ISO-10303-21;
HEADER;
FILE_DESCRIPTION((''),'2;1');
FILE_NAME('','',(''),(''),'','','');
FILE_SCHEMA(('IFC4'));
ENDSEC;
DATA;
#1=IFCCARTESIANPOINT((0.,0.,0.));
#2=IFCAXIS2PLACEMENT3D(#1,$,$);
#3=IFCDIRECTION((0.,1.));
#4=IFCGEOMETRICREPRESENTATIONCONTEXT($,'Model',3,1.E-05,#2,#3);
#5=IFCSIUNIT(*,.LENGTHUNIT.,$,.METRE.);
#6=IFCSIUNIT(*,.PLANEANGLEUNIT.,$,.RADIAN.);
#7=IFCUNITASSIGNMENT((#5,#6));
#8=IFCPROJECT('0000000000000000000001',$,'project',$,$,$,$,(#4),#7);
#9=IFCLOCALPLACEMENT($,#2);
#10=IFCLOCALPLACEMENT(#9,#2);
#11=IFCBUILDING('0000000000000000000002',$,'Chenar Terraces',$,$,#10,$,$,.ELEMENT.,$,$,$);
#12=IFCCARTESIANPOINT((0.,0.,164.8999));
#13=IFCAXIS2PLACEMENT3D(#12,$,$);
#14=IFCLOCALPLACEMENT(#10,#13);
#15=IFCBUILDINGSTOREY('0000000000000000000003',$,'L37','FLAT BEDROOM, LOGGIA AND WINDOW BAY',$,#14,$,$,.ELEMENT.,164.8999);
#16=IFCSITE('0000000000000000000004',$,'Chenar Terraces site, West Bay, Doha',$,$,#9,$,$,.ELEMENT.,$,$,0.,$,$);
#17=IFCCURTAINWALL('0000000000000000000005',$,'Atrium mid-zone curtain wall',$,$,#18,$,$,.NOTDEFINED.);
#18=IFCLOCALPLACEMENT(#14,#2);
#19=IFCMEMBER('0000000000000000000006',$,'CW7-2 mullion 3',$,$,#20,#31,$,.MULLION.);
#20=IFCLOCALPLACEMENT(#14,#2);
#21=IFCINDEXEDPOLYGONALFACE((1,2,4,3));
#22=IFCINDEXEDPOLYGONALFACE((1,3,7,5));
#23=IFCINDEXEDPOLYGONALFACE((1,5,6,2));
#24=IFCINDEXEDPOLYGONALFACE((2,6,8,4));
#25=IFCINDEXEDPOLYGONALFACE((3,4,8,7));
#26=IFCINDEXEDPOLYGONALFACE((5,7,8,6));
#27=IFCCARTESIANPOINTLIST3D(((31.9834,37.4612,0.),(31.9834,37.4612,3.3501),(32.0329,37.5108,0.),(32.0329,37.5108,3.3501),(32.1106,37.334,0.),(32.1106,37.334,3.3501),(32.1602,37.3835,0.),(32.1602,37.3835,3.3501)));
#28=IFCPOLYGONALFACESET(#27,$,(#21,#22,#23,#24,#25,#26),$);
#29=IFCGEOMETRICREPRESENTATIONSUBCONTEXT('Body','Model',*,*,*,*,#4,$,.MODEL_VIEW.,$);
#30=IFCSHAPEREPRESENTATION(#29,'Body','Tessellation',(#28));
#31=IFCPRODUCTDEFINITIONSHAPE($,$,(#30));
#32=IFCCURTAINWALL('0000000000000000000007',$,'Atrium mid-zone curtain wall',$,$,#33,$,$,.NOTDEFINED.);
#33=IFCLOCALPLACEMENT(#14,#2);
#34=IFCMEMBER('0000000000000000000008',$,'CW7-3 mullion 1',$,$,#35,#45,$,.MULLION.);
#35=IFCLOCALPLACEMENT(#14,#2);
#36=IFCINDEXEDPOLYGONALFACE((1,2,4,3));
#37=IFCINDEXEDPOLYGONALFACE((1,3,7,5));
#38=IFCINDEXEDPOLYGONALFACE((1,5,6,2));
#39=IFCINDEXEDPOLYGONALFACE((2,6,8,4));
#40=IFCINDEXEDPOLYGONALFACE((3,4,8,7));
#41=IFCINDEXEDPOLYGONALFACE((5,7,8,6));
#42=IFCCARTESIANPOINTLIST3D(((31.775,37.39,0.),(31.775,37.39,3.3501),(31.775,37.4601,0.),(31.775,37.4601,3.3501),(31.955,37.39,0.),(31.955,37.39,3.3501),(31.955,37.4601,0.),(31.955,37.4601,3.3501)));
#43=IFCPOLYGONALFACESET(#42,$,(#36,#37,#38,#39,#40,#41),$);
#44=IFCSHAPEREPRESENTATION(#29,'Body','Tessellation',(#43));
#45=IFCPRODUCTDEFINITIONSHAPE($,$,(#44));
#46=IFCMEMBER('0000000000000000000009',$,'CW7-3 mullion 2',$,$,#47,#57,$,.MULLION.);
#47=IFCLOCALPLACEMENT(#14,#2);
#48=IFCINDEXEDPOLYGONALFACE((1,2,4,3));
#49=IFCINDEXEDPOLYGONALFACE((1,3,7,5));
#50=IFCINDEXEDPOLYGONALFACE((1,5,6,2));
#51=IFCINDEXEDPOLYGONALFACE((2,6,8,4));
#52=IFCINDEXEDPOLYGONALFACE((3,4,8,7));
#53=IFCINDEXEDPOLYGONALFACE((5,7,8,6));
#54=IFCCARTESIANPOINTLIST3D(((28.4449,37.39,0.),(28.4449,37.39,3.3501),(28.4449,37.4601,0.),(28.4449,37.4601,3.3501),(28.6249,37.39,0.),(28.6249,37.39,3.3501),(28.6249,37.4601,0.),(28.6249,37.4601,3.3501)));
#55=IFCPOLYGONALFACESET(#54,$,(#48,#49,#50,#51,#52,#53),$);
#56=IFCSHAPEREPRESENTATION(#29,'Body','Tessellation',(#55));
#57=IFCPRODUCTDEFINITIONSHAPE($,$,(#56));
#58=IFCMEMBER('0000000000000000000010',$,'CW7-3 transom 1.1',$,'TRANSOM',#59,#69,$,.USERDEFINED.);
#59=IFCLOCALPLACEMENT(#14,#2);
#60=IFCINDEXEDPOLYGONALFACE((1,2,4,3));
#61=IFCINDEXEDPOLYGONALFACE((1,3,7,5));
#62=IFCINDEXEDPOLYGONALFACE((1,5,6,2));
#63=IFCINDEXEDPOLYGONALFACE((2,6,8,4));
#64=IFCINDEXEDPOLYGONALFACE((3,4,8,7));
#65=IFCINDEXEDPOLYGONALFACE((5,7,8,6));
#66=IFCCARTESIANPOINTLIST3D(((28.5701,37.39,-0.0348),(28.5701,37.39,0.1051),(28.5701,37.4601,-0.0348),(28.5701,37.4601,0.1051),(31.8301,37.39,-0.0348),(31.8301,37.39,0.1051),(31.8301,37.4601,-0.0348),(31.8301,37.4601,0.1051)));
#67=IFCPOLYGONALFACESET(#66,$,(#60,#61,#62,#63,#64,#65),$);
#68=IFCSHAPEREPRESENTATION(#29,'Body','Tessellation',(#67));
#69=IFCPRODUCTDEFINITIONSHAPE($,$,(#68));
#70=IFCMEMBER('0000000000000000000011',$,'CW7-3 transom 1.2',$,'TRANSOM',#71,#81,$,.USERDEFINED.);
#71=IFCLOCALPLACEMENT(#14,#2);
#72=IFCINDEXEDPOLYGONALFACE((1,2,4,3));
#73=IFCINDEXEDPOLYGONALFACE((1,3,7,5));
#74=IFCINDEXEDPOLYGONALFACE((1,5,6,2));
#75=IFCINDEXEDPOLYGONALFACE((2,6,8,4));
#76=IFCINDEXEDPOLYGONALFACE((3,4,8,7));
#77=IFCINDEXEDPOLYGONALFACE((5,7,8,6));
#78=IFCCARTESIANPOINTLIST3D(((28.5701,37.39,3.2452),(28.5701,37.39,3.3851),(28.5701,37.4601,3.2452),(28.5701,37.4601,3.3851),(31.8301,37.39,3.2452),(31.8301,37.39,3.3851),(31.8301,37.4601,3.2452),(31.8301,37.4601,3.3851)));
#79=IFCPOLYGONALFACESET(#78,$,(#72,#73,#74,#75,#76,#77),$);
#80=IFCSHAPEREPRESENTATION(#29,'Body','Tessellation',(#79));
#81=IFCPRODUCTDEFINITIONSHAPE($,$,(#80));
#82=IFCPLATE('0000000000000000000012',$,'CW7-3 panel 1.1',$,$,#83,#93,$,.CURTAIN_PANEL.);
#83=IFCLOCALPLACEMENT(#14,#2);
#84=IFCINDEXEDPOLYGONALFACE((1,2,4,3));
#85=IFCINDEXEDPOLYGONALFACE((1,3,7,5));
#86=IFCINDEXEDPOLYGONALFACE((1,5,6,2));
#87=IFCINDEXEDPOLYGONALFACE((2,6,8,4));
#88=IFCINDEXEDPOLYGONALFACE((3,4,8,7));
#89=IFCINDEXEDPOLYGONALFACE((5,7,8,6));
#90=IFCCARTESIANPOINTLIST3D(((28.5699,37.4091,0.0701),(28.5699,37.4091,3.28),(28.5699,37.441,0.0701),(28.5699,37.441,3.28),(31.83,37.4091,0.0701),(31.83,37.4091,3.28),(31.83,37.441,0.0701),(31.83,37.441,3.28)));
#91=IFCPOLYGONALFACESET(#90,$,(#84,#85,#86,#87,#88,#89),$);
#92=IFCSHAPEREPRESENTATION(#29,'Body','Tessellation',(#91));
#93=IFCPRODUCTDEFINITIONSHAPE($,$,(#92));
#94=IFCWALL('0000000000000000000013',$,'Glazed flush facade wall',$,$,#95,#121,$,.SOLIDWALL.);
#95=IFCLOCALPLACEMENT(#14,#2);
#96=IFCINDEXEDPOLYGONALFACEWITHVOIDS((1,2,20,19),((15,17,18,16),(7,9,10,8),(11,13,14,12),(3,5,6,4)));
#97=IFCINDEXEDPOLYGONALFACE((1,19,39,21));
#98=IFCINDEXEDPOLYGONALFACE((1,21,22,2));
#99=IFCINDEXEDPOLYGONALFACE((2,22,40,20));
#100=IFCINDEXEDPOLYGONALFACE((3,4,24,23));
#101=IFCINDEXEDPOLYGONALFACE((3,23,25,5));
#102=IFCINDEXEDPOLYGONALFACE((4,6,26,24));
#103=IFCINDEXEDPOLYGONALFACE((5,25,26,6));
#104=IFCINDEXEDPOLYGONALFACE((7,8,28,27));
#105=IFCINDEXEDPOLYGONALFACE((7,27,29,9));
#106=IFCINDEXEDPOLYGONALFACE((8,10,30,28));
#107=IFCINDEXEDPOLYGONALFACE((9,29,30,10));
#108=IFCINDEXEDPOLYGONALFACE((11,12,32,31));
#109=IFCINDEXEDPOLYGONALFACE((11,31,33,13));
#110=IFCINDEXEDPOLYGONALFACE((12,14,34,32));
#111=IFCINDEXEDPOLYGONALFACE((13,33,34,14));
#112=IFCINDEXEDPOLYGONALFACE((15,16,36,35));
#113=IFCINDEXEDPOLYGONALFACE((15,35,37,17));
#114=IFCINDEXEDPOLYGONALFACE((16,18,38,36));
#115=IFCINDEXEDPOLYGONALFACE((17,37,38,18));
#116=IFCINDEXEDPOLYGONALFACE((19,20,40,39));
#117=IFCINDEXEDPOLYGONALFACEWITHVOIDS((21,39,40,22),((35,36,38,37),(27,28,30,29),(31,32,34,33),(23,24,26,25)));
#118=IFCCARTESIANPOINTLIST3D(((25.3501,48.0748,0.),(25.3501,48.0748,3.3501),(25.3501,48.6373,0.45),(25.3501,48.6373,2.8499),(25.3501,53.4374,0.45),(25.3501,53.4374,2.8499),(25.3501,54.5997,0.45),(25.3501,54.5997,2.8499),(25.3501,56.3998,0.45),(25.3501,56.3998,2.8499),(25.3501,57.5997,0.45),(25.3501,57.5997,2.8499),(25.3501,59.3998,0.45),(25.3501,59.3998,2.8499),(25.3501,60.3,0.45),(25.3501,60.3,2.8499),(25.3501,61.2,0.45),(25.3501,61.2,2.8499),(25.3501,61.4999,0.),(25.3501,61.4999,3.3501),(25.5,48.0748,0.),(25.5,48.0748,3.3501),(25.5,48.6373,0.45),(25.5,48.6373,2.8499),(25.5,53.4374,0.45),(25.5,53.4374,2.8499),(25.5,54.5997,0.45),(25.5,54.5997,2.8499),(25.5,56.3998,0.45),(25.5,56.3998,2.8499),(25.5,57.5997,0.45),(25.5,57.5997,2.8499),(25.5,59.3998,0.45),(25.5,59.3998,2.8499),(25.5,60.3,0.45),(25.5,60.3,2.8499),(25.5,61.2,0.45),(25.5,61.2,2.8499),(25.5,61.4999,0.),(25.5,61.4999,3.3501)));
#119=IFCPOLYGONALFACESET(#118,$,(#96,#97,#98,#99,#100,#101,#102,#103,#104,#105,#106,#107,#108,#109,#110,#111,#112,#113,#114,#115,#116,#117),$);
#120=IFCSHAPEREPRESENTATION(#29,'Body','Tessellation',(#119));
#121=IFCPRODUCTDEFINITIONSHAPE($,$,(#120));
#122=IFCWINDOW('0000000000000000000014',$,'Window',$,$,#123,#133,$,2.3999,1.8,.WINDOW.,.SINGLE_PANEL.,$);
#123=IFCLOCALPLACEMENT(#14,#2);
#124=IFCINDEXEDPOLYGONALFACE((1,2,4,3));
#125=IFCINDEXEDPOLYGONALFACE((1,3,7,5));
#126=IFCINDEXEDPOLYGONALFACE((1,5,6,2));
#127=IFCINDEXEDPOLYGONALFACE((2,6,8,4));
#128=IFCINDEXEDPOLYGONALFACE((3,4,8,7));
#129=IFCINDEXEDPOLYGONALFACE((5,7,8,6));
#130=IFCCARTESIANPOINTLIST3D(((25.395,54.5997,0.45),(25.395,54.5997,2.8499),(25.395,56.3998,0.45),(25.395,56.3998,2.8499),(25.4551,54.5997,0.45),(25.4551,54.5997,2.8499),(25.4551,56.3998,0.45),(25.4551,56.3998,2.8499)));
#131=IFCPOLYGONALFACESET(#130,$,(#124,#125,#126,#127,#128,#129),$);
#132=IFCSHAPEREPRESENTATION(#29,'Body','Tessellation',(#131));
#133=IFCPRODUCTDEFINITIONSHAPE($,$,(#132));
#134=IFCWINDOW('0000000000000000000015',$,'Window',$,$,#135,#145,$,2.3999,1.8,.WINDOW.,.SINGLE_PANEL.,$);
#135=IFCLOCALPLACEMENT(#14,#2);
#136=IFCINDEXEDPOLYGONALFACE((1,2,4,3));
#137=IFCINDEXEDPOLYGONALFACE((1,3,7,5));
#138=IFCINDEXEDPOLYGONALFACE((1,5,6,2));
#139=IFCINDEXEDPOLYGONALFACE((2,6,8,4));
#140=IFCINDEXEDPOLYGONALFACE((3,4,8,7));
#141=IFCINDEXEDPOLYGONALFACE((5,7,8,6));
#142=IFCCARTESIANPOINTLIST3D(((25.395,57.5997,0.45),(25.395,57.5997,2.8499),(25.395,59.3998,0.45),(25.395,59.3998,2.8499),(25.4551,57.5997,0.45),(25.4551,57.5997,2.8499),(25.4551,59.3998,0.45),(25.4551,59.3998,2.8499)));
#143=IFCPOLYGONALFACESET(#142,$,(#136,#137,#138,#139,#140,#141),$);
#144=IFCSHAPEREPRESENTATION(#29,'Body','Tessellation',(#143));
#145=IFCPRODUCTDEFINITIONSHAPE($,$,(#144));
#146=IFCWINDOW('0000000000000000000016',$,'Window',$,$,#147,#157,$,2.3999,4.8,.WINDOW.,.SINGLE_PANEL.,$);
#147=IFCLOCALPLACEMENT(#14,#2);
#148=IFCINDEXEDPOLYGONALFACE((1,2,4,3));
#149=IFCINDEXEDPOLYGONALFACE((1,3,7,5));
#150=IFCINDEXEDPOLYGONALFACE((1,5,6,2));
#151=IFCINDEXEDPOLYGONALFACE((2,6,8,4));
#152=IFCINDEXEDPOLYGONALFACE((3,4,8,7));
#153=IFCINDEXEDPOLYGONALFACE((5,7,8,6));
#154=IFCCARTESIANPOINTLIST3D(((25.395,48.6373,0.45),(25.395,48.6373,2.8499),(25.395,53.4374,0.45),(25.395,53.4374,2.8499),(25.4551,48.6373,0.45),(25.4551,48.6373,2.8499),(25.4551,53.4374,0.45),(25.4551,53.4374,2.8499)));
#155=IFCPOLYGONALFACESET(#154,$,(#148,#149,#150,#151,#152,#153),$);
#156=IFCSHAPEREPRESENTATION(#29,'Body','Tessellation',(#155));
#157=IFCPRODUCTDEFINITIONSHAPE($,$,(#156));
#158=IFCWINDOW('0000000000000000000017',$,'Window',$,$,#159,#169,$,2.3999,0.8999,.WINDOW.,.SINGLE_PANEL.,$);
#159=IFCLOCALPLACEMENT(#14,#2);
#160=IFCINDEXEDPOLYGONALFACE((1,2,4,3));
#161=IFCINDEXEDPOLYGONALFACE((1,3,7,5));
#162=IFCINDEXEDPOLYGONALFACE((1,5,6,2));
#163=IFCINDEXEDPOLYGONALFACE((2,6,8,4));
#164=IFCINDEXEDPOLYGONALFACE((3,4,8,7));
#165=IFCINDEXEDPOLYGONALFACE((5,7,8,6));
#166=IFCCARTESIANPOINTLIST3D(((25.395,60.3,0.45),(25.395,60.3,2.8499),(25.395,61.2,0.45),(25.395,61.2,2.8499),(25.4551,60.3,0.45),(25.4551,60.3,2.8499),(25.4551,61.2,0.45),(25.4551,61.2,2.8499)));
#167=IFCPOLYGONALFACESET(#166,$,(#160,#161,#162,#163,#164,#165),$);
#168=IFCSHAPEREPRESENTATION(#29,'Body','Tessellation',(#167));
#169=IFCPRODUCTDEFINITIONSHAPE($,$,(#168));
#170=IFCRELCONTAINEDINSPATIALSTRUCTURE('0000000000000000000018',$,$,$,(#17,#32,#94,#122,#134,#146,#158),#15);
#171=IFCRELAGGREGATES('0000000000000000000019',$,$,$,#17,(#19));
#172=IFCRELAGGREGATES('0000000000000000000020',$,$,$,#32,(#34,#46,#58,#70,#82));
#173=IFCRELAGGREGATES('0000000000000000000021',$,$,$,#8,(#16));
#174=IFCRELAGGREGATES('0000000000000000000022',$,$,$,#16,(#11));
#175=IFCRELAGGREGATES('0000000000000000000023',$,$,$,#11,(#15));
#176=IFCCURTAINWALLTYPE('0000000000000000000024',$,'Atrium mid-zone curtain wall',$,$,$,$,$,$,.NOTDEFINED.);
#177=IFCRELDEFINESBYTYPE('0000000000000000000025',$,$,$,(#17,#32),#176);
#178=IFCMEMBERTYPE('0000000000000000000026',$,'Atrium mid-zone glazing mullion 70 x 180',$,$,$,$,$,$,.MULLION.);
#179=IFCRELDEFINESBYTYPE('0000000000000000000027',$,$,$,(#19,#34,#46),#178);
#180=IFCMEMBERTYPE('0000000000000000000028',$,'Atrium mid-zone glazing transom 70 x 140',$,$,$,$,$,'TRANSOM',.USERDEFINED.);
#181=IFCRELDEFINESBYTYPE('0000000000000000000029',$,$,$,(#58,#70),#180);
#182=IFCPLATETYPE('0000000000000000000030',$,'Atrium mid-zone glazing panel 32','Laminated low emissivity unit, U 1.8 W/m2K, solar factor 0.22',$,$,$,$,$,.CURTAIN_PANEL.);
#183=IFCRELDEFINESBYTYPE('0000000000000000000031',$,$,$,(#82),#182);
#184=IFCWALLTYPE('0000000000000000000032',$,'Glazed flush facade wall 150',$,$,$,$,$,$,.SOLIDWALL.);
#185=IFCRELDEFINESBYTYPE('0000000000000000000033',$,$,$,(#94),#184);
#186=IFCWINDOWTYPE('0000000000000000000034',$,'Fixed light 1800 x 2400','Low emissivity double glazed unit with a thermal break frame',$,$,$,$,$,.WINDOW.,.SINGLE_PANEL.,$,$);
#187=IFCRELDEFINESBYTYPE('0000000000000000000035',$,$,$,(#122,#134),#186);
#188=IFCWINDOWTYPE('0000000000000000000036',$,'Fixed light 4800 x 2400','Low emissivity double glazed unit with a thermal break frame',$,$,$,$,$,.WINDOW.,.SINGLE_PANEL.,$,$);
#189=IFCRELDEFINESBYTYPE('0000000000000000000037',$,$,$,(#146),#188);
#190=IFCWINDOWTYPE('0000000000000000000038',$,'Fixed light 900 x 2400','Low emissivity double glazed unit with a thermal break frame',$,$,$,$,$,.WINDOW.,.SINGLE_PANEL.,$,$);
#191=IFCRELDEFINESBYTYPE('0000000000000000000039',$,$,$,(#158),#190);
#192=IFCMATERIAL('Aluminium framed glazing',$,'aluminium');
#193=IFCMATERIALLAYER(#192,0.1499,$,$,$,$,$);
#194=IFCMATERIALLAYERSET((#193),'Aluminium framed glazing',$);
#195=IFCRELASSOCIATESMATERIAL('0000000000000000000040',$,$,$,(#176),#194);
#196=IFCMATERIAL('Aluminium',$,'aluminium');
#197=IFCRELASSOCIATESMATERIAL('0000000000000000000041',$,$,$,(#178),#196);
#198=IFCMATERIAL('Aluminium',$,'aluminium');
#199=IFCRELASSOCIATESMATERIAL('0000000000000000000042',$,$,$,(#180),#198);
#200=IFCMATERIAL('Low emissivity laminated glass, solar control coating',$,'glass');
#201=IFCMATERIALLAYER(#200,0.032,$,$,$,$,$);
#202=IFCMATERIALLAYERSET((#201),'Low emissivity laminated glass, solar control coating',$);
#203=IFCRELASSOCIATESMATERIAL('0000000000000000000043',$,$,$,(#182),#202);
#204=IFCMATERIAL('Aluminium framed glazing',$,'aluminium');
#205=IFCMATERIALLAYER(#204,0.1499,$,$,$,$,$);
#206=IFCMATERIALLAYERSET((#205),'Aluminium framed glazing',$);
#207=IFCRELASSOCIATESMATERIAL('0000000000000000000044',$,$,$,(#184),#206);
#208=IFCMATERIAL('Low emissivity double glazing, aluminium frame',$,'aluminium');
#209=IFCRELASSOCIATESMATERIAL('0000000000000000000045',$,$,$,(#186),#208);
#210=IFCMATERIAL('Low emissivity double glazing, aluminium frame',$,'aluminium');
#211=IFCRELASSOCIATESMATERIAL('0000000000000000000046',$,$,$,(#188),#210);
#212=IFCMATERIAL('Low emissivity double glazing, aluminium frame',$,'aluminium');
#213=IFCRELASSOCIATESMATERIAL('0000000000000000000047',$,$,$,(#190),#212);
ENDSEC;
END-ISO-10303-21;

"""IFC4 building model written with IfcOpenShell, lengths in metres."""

from ifc_helpers import new_model, si_unit, direction, frame, frame_2d, origin, origin_2d, place, context, subcontext, project, spatial, rectangle, extrude, material, layer, layer_set, material_profile, profile_set, type_object, element, fill, aggregate, save


model = new_model("IFC4")

# Units and contexts
model_context = context("Model", 3, precision=1e-05, world=origin(), true_north=direction((0.0, 1.0)))
body_context = subcontext(model_context, "Body", "Model", "MODEL_VIEW")
ifc_project = project(units=[si_unit("LENGTHUNIT", "METRE"), si_unit("PLANEANGLEUNIT", "RADIAN")], contexts=[model_context])

# Site, building, storey
site_placement = place(None, origin())
site = spatial("IfcSite", under=ifc_project, at=site_placement, Name="Chenar Terraces site, West Bay, Doha", CompositionType="ELEMENT", RefElevation=0.0)
building_placement = place(site_placement, origin())
building = spatial("IfcBuilding", under=site, at=building_placement, Name="Chenar Terraces", CompositionType="ELEMENT")
storey_placement = place(building_placement, frame((0.0, 0.0, 164.8999)))
storey = spatial("IfcBuildingStorey", under=building, at=storey_placement, Name="L37", Description="FLAT BEDROOM, LOGGIA AND WINDOW BAY", CompositionType="ELEMENT", Elevation=164.8999)

# Curtain wall, member
ifc_material_1 = material(Name="Aluminium framed glazing", Category="aluminium")
ifc_layer_1 = layer(ifc_material_1, 0.1499)
ifc_layer_set_1 = layer_set([ifc_layer_1], Name="Aluminium framed glazing")
curtain_wall_type = type_object("IfcCurtainWallType", Name="Atrium mid-zone curtain wall", PredefinedType="NOTDEFINED", material=ifc_layer_set_1)
placement = place(storey_placement, origin())
curtain_wall_1 = element("IfcCurtainWall", 1, at=placement, inside=storey, type_object=curtain_wall_type, Name="Atrium mid-zone curtain wall", PredefinedType="NOTDEFINED")
ifc_material_2 = material(Name="Aluminium", Category="aluminium")
ifc_material_profile_1 = material_profile(ifc_material_2, rectangle(XDim=0.0701, YDim=0.1799, at=origin_2d()), Name="Atrium mid-zone glazing mullion 70 x 180")
ifc_profile_set_1 = profile_set([ifc_material_profile_1], Name="Aluminium")
member_type_1 = type_object("IfcMemberType", Name="Atrium mid-zone glazing mullion 70 x 180", PredefinedType="MULLION", material=ifc_profile_set_1)
member_1_placement = place(storey_placement, frame((32.0718, 37.4224, 0.0), z_axis=(0.0, 0.0, 1.0), x_axis=(-0.707107, -0.707107, 0.0)))
member_1 = element("IfcMember", 2, at=member_1_placement, type_object=member_type_1, Name="CW7-2 mullion 3", PredefinedType="MULLION", context=body_context, shape_type="SweptSolid", body=[
    extrude(rectangle(XDim=0.0701, YDim=0.1799, at=origin_2d()), origin(), (0.0, 0.0, 1.0), 3.3501),
])
aggregate(curtain_wall_1, [member_1])

# Curtain wall, members, plate
curtain_wall_2 = element("IfcCurtainWall", 3, at=placement, inside=storey, type_object=curtain_wall_type, Name="Atrium mid-zone curtain wall", PredefinedType="NOTDEFINED")
member_2_placement = place(storey_placement, frame((31.865, 37.425, 0.0), z_axis=(0.0, 0.0, 1.0), x_axis=(0.0, -1.0, 0.0)))
member_2 = element("IfcMember", 4, at=member_2_placement, type_object=member_type_1, Name="CW7-3 mullion 1", PredefinedType="MULLION", context=body_context, shape_type="SweptSolid", body=[
    extrude(rectangle(XDim=0.0701, YDim=0.1799, at=origin_2d()), origin(), (0.0, 0.0, 1.0), 3.3501),
])
member_3_placement = place(storey_placement, frame((28.5349, 37.425, 0.0), z_axis=(0.0, 0.0, 1.0), x_axis=(0.0, -1.0, 0.0)))
member_3 = element("IfcMember", 5, at=member_3_placement, type_object=member_type_1, Name="CW7-3 mullion 2", PredefinedType="MULLION", context=body_context, shape_type="SweptSolid", body=[
    extrude(rectangle(XDim=0.0701, YDim=0.1799, at=origin_2d()), origin(), (0.0, 0.0, 1.0), 3.3501),
])
ifc_material_3 = material(Name="Aluminium", Category="aluminium")
ifc_material_profile_2 = material_profile(ifc_material_3, rectangle(XDim=0.0701, YDim=0.1399, at=origin_2d()), Name="Atrium mid-zone glazing transom 70 x 140")
ifc_profile_set_2 = profile_set([ifc_material_profile_2], Name="Aluminium")
member_type_2 = type_object("IfcMemberType", Name="Atrium mid-zone glazing transom 70 x 140", ElementType="TRANSOM", PredefinedType="USERDEFINED", material=ifc_profile_set_2)
member_4_placement = place(storey_placement, frame((31.8301, 37.425, 0.0352), z_axis=(-1.0, 0.0, 0.0), x_axis=(0.0, -1.0, 0.0)))
member_4 = element("IfcMember", 6, at=member_4_placement, type_object=member_type_2, Name="CW7-3 transom 1.1", ObjectType="TRANSOM", PredefinedType="USERDEFINED", context=body_context, shape_type="SweptSolid", body=[
    extrude(rectangle(XDim=0.0701, YDim=0.1399, at=origin_2d()), origin(), (0.0, 0.0, 1.0), 3.26),
])
member_5_placement = place(storey_placement, frame((31.8301, 37.425, 3.3152), z_axis=(-1.0, 0.0, 0.0), x_axis=(0.0, -1.0, 0.0)))
member_5 = element("IfcMember", 7, at=member_5_placement, type_object=member_type_2, Name="CW7-3 transom 1.2", ObjectType="TRANSOM", PredefinedType="USERDEFINED", context=body_context, shape_type="SweptSolid", body=[
    extrude(rectangle(XDim=0.0701, YDim=0.1399, at=origin_2d()), origin(), (0.0, 0.0, 1.0), 3.26),
])
ifc_material_4 = material(Name="Low emissivity laminated glass, solar control coating", Category="glass")
ifc_layer_2 = layer(ifc_material_4, 0.032)
ifc_layer_set_2 = layer_set([ifc_layer_2], Name="Low emissivity laminated glass, solar control coating")
plate_type = type_object("IfcPlateType", Name="Atrium mid-zone glazing panel 32", Description="Laminated low emissivity unit, U 1.8 W/m2K, solar factor 0.22", PredefinedType="CURTAIN_PANEL", material=ifc_layer_set_2)
plate_placement = place(storey_placement, frame((30.2, 37.425, 0.0701), z_axis=(0.0, 0.0, 1.0), x_axis=(-1.0, 0.0, 0.0)))
plate = element("IfcPlate", 8, at=plate_placement, type_object=plate_type, Name="CW7-3 panel 1.1", PredefinedType="CURTAIN_PANEL", context=body_context, shape_type="SweptSolid", body=[
    extrude(rectangle(XDim=3.26, YDim=0.032, at=origin_2d()), origin(), (0.0, 0.0, 1.0), 3.21),
])
aggregate(curtain_wall_2, [member_2, member_3, member_4, member_5, plate])

# Wall, openings, windows
ifc_material_5 = material(Name="Aluminium framed glazing", Category="aluminium")
ifc_layer_3 = layer(ifc_material_5, 0.1499)
ifc_layer_set_3 = layer_set([ifc_layer_3], Name="Aluminium framed glazing")
wall_type_1 = type_object("IfcWallType", Name="Glazed flush facade wall 150", PredefinedType="SOLIDWALL", material=ifc_layer_set_3)
wall_1_placement = place(storey_placement, frame((25.425, 48.075, 0.0), z_axis=(0.0, 0.0, 1.0), x_axis=(0.0, 1.0, 0.0)))
wall_1 = element("IfcWall", 9, at=wall_1_placement, inside=storey, type_object=wall_type_1, Name="Glazed flush facade wall", PredefinedType="SOLIDWALL", context=body_context, shape_type="SweptSolid", body=[
    extrude(rectangle(XDim=13.425, YDim=0.1499, at=frame_2d((6.7124, 0.0))), origin(), (0.0, 0.0, 1.0), 3.3501),
])
opening_1_placement = place(wall_1_placement, frame((0.5625, 0.0, 0.45)))
opening_1 = element("IfcOpeningElement", 10, at=opening_1_placement, cuts=wall_1, PredefinedType="OPENING", context=body_context, shape_type="SweptSolid", body=[
    extrude(rectangle(XDim=4.8, YDim=2.3999, at=frame_2d((2.3999, 1.2))), frame((0.0, 0.085, 0.0), z_axis=(0.0, -1.0, 0.0), x_axis=(1.0, 0.0, 0.0)), (0.0, 0.0, 1.0), 0.1699),
])
opening_2_placement = place(wall_1_placement, frame((6.5249, 0.0, 0.45)))
opening_2 = element("IfcOpeningElement", 11, at=opening_2_placement, cuts=wall_1, PredefinedType="OPENING", context=body_context, shape_type="SweptSolid", body=[
    extrude(rectangle(XDim=1.8, YDim=2.3999, at=frame_2d((0.8999, 1.2))), frame((0.0, 0.085, 0.0), z_axis=(0.0, -1.0, 0.0), x_axis=(1.0, 0.0, 0.0)), (0.0, 0.0, 1.0), 0.1699),
])
opening_3_placement = place(wall_1_placement, frame((9.5249, 0.0, 0.45)))
opening_3 = element("IfcOpeningElement", 12, at=opening_3_placement, cuts=wall_1, PredefinedType="OPENING", context=body_context, shape_type="SweptSolid", body=[
    extrude(rectangle(XDim=1.8, YDim=2.3999, at=frame_2d((0.8999, 1.2))), frame((0.0, 0.085, 0.0), z_axis=(0.0, -1.0, 0.0), x_axis=(1.0, 0.0, 0.0)), (0.0, 0.0, 1.0), 0.1699),
])
opening_4_placement = place(wall_1_placement, frame((12.2251, 0.0, 0.45)))
opening_4 = element("IfcOpeningElement", 13, at=opening_4_placement, cuts=wall_1, PredefinedType="OPENING", context=body_context, shape_type="SweptSolid", body=[
    extrude(rectangle(XDim=0.8999, YDim=2.3999, at=frame_2d((0.45, 1.2))), frame((0.0, 0.085, 0.0), z_axis=(0.0, -1.0, 0.0), x_axis=(1.0, 0.0, 0.0)), (0.0, 0.0, 1.0), 0.1699),
])
ifc_material_6 = material(Name="Low emissivity double glazing, aluminium frame", Category="aluminium")
window_type_1 = type_object("IfcWindowType", Name="Fixed light 1800 x 2400", Description="Low emissivity double glazed unit with a thermal break frame", PartitioningType="SINGLE_PANEL", PredefinedType="WINDOW", material=ifc_material_6)
window_1_placement = place(opening_2_placement, origin())
window_1 = element("IfcWindow", 14, at=window_1_placement, inside=storey, type_object=window_type_1, Name="Window", OverallHeight=2.3999, OverallWidth=1.8, PartitioningType="SINGLE_PANEL", PredefinedType="WINDOW", context=body_context, shape_type="SweptSolid", body=[
    extrude(rectangle(XDim=1.8, YDim=2.3999, at=frame_2d((0.8999, 1.2))), frame((0.0, 0.03, 0.0), z_axis=(0.0, -1.0, 0.0), x_axis=(1.0, 0.0, 0.0)), (0.0, 0.0, 1.0), 0.0601),
])
fill(opening_2, window_1)
window_2_placement = place(opening_3_placement, origin())
window_2 = element("IfcWindow", 15, at=window_2_placement, inside=storey, type_object=window_type_1, Name="Window", OverallHeight=2.3999, OverallWidth=1.8, PartitioningType="SINGLE_PANEL", PredefinedType="WINDOW", context=body_context, shape_type="SweptSolid", body=[
    extrude(rectangle(XDim=1.8, YDim=2.3999, at=frame_2d((0.8999, 1.2))), frame((0.0, 0.03, 0.0), z_axis=(0.0, -1.0, 0.0), x_axis=(1.0, 0.0, 0.0)), (0.0, 0.0, 1.0), 0.0601),
])
fill(opening_3, window_2)
ifc_material_7 = material(Name="Low emissivity double glazing, aluminium frame", Category="aluminium")
window_type_2 = type_object("IfcWindowType", Name="Fixed light 4800 x 2400", Description="Low emissivity double glazed unit with a thermal break frame", PartitioningType="SINGLE_PANEL", PredefinedType="WINDOW", material=ifc_material_7)
window_3_placement = place(opening_1_placement, origin())
window_3 = element("IfcWindow", 16, at=window_3_placement, inside=storey, type_object=window_type_2, Name="Window", OverallHeight=2.3999, OverallWidth=4.8, PartitioningType="SINGLE_PANEL", PredefinedType="WINDOW", context=body_context, shape_type="SweptSolid", body=[
    extrude(rectangle(XDim=4.8, YDim=2.3999, at=frame_2d((2.3999, 1.2))), frame((0.0, 0.03, 0.0), z_axis=(0.0, -1.0, 0.0), x_axis=(1.0, 0.0, 0.0)), (0.0, 0.0, 1.0), 0.0601),
])
fill(opening_1, window_3)
ifc_material_8 = material(Name="Low emissivity double glazing, aluminium frame", Category="aluminium")
window_type_3 = type_object("IfcWindowType", Name="Fixed light 900 x 2400", Description="Low emissivity double glazed unit with a thermal break frame", PartitioningType="SINGLE_PANEL", PredefinedType="WINDOW", material=ifc_material_8)
window_4_placement = place(opening_4_placement, origin())
window_4 = element("IfcWindow", 17, at=window_4_placement, inside=storey, type_object=window_type_3, Name="Window", OverallHeight=2.3999, OverallWidth=0.8999, PartitioningType="SINGLE_PANEL", PredefinedType="WINDOW", context=body_context, shape_type="SweptSolid", body=[
    extrude(rectangle(XDim=0.8999, YDim=2.3999, at=frame_2d((0.45, 1.2))), frame((0.0, 0.03, 0.0), z_axis=(0.0, -1.0, 0.0), x_axis=(1.0, 0.0, 0.0)), (0.0, 0.0, 1.0), 0.0601),
])
fill(opening_4, window_4)

save(model, "model.ifc")
